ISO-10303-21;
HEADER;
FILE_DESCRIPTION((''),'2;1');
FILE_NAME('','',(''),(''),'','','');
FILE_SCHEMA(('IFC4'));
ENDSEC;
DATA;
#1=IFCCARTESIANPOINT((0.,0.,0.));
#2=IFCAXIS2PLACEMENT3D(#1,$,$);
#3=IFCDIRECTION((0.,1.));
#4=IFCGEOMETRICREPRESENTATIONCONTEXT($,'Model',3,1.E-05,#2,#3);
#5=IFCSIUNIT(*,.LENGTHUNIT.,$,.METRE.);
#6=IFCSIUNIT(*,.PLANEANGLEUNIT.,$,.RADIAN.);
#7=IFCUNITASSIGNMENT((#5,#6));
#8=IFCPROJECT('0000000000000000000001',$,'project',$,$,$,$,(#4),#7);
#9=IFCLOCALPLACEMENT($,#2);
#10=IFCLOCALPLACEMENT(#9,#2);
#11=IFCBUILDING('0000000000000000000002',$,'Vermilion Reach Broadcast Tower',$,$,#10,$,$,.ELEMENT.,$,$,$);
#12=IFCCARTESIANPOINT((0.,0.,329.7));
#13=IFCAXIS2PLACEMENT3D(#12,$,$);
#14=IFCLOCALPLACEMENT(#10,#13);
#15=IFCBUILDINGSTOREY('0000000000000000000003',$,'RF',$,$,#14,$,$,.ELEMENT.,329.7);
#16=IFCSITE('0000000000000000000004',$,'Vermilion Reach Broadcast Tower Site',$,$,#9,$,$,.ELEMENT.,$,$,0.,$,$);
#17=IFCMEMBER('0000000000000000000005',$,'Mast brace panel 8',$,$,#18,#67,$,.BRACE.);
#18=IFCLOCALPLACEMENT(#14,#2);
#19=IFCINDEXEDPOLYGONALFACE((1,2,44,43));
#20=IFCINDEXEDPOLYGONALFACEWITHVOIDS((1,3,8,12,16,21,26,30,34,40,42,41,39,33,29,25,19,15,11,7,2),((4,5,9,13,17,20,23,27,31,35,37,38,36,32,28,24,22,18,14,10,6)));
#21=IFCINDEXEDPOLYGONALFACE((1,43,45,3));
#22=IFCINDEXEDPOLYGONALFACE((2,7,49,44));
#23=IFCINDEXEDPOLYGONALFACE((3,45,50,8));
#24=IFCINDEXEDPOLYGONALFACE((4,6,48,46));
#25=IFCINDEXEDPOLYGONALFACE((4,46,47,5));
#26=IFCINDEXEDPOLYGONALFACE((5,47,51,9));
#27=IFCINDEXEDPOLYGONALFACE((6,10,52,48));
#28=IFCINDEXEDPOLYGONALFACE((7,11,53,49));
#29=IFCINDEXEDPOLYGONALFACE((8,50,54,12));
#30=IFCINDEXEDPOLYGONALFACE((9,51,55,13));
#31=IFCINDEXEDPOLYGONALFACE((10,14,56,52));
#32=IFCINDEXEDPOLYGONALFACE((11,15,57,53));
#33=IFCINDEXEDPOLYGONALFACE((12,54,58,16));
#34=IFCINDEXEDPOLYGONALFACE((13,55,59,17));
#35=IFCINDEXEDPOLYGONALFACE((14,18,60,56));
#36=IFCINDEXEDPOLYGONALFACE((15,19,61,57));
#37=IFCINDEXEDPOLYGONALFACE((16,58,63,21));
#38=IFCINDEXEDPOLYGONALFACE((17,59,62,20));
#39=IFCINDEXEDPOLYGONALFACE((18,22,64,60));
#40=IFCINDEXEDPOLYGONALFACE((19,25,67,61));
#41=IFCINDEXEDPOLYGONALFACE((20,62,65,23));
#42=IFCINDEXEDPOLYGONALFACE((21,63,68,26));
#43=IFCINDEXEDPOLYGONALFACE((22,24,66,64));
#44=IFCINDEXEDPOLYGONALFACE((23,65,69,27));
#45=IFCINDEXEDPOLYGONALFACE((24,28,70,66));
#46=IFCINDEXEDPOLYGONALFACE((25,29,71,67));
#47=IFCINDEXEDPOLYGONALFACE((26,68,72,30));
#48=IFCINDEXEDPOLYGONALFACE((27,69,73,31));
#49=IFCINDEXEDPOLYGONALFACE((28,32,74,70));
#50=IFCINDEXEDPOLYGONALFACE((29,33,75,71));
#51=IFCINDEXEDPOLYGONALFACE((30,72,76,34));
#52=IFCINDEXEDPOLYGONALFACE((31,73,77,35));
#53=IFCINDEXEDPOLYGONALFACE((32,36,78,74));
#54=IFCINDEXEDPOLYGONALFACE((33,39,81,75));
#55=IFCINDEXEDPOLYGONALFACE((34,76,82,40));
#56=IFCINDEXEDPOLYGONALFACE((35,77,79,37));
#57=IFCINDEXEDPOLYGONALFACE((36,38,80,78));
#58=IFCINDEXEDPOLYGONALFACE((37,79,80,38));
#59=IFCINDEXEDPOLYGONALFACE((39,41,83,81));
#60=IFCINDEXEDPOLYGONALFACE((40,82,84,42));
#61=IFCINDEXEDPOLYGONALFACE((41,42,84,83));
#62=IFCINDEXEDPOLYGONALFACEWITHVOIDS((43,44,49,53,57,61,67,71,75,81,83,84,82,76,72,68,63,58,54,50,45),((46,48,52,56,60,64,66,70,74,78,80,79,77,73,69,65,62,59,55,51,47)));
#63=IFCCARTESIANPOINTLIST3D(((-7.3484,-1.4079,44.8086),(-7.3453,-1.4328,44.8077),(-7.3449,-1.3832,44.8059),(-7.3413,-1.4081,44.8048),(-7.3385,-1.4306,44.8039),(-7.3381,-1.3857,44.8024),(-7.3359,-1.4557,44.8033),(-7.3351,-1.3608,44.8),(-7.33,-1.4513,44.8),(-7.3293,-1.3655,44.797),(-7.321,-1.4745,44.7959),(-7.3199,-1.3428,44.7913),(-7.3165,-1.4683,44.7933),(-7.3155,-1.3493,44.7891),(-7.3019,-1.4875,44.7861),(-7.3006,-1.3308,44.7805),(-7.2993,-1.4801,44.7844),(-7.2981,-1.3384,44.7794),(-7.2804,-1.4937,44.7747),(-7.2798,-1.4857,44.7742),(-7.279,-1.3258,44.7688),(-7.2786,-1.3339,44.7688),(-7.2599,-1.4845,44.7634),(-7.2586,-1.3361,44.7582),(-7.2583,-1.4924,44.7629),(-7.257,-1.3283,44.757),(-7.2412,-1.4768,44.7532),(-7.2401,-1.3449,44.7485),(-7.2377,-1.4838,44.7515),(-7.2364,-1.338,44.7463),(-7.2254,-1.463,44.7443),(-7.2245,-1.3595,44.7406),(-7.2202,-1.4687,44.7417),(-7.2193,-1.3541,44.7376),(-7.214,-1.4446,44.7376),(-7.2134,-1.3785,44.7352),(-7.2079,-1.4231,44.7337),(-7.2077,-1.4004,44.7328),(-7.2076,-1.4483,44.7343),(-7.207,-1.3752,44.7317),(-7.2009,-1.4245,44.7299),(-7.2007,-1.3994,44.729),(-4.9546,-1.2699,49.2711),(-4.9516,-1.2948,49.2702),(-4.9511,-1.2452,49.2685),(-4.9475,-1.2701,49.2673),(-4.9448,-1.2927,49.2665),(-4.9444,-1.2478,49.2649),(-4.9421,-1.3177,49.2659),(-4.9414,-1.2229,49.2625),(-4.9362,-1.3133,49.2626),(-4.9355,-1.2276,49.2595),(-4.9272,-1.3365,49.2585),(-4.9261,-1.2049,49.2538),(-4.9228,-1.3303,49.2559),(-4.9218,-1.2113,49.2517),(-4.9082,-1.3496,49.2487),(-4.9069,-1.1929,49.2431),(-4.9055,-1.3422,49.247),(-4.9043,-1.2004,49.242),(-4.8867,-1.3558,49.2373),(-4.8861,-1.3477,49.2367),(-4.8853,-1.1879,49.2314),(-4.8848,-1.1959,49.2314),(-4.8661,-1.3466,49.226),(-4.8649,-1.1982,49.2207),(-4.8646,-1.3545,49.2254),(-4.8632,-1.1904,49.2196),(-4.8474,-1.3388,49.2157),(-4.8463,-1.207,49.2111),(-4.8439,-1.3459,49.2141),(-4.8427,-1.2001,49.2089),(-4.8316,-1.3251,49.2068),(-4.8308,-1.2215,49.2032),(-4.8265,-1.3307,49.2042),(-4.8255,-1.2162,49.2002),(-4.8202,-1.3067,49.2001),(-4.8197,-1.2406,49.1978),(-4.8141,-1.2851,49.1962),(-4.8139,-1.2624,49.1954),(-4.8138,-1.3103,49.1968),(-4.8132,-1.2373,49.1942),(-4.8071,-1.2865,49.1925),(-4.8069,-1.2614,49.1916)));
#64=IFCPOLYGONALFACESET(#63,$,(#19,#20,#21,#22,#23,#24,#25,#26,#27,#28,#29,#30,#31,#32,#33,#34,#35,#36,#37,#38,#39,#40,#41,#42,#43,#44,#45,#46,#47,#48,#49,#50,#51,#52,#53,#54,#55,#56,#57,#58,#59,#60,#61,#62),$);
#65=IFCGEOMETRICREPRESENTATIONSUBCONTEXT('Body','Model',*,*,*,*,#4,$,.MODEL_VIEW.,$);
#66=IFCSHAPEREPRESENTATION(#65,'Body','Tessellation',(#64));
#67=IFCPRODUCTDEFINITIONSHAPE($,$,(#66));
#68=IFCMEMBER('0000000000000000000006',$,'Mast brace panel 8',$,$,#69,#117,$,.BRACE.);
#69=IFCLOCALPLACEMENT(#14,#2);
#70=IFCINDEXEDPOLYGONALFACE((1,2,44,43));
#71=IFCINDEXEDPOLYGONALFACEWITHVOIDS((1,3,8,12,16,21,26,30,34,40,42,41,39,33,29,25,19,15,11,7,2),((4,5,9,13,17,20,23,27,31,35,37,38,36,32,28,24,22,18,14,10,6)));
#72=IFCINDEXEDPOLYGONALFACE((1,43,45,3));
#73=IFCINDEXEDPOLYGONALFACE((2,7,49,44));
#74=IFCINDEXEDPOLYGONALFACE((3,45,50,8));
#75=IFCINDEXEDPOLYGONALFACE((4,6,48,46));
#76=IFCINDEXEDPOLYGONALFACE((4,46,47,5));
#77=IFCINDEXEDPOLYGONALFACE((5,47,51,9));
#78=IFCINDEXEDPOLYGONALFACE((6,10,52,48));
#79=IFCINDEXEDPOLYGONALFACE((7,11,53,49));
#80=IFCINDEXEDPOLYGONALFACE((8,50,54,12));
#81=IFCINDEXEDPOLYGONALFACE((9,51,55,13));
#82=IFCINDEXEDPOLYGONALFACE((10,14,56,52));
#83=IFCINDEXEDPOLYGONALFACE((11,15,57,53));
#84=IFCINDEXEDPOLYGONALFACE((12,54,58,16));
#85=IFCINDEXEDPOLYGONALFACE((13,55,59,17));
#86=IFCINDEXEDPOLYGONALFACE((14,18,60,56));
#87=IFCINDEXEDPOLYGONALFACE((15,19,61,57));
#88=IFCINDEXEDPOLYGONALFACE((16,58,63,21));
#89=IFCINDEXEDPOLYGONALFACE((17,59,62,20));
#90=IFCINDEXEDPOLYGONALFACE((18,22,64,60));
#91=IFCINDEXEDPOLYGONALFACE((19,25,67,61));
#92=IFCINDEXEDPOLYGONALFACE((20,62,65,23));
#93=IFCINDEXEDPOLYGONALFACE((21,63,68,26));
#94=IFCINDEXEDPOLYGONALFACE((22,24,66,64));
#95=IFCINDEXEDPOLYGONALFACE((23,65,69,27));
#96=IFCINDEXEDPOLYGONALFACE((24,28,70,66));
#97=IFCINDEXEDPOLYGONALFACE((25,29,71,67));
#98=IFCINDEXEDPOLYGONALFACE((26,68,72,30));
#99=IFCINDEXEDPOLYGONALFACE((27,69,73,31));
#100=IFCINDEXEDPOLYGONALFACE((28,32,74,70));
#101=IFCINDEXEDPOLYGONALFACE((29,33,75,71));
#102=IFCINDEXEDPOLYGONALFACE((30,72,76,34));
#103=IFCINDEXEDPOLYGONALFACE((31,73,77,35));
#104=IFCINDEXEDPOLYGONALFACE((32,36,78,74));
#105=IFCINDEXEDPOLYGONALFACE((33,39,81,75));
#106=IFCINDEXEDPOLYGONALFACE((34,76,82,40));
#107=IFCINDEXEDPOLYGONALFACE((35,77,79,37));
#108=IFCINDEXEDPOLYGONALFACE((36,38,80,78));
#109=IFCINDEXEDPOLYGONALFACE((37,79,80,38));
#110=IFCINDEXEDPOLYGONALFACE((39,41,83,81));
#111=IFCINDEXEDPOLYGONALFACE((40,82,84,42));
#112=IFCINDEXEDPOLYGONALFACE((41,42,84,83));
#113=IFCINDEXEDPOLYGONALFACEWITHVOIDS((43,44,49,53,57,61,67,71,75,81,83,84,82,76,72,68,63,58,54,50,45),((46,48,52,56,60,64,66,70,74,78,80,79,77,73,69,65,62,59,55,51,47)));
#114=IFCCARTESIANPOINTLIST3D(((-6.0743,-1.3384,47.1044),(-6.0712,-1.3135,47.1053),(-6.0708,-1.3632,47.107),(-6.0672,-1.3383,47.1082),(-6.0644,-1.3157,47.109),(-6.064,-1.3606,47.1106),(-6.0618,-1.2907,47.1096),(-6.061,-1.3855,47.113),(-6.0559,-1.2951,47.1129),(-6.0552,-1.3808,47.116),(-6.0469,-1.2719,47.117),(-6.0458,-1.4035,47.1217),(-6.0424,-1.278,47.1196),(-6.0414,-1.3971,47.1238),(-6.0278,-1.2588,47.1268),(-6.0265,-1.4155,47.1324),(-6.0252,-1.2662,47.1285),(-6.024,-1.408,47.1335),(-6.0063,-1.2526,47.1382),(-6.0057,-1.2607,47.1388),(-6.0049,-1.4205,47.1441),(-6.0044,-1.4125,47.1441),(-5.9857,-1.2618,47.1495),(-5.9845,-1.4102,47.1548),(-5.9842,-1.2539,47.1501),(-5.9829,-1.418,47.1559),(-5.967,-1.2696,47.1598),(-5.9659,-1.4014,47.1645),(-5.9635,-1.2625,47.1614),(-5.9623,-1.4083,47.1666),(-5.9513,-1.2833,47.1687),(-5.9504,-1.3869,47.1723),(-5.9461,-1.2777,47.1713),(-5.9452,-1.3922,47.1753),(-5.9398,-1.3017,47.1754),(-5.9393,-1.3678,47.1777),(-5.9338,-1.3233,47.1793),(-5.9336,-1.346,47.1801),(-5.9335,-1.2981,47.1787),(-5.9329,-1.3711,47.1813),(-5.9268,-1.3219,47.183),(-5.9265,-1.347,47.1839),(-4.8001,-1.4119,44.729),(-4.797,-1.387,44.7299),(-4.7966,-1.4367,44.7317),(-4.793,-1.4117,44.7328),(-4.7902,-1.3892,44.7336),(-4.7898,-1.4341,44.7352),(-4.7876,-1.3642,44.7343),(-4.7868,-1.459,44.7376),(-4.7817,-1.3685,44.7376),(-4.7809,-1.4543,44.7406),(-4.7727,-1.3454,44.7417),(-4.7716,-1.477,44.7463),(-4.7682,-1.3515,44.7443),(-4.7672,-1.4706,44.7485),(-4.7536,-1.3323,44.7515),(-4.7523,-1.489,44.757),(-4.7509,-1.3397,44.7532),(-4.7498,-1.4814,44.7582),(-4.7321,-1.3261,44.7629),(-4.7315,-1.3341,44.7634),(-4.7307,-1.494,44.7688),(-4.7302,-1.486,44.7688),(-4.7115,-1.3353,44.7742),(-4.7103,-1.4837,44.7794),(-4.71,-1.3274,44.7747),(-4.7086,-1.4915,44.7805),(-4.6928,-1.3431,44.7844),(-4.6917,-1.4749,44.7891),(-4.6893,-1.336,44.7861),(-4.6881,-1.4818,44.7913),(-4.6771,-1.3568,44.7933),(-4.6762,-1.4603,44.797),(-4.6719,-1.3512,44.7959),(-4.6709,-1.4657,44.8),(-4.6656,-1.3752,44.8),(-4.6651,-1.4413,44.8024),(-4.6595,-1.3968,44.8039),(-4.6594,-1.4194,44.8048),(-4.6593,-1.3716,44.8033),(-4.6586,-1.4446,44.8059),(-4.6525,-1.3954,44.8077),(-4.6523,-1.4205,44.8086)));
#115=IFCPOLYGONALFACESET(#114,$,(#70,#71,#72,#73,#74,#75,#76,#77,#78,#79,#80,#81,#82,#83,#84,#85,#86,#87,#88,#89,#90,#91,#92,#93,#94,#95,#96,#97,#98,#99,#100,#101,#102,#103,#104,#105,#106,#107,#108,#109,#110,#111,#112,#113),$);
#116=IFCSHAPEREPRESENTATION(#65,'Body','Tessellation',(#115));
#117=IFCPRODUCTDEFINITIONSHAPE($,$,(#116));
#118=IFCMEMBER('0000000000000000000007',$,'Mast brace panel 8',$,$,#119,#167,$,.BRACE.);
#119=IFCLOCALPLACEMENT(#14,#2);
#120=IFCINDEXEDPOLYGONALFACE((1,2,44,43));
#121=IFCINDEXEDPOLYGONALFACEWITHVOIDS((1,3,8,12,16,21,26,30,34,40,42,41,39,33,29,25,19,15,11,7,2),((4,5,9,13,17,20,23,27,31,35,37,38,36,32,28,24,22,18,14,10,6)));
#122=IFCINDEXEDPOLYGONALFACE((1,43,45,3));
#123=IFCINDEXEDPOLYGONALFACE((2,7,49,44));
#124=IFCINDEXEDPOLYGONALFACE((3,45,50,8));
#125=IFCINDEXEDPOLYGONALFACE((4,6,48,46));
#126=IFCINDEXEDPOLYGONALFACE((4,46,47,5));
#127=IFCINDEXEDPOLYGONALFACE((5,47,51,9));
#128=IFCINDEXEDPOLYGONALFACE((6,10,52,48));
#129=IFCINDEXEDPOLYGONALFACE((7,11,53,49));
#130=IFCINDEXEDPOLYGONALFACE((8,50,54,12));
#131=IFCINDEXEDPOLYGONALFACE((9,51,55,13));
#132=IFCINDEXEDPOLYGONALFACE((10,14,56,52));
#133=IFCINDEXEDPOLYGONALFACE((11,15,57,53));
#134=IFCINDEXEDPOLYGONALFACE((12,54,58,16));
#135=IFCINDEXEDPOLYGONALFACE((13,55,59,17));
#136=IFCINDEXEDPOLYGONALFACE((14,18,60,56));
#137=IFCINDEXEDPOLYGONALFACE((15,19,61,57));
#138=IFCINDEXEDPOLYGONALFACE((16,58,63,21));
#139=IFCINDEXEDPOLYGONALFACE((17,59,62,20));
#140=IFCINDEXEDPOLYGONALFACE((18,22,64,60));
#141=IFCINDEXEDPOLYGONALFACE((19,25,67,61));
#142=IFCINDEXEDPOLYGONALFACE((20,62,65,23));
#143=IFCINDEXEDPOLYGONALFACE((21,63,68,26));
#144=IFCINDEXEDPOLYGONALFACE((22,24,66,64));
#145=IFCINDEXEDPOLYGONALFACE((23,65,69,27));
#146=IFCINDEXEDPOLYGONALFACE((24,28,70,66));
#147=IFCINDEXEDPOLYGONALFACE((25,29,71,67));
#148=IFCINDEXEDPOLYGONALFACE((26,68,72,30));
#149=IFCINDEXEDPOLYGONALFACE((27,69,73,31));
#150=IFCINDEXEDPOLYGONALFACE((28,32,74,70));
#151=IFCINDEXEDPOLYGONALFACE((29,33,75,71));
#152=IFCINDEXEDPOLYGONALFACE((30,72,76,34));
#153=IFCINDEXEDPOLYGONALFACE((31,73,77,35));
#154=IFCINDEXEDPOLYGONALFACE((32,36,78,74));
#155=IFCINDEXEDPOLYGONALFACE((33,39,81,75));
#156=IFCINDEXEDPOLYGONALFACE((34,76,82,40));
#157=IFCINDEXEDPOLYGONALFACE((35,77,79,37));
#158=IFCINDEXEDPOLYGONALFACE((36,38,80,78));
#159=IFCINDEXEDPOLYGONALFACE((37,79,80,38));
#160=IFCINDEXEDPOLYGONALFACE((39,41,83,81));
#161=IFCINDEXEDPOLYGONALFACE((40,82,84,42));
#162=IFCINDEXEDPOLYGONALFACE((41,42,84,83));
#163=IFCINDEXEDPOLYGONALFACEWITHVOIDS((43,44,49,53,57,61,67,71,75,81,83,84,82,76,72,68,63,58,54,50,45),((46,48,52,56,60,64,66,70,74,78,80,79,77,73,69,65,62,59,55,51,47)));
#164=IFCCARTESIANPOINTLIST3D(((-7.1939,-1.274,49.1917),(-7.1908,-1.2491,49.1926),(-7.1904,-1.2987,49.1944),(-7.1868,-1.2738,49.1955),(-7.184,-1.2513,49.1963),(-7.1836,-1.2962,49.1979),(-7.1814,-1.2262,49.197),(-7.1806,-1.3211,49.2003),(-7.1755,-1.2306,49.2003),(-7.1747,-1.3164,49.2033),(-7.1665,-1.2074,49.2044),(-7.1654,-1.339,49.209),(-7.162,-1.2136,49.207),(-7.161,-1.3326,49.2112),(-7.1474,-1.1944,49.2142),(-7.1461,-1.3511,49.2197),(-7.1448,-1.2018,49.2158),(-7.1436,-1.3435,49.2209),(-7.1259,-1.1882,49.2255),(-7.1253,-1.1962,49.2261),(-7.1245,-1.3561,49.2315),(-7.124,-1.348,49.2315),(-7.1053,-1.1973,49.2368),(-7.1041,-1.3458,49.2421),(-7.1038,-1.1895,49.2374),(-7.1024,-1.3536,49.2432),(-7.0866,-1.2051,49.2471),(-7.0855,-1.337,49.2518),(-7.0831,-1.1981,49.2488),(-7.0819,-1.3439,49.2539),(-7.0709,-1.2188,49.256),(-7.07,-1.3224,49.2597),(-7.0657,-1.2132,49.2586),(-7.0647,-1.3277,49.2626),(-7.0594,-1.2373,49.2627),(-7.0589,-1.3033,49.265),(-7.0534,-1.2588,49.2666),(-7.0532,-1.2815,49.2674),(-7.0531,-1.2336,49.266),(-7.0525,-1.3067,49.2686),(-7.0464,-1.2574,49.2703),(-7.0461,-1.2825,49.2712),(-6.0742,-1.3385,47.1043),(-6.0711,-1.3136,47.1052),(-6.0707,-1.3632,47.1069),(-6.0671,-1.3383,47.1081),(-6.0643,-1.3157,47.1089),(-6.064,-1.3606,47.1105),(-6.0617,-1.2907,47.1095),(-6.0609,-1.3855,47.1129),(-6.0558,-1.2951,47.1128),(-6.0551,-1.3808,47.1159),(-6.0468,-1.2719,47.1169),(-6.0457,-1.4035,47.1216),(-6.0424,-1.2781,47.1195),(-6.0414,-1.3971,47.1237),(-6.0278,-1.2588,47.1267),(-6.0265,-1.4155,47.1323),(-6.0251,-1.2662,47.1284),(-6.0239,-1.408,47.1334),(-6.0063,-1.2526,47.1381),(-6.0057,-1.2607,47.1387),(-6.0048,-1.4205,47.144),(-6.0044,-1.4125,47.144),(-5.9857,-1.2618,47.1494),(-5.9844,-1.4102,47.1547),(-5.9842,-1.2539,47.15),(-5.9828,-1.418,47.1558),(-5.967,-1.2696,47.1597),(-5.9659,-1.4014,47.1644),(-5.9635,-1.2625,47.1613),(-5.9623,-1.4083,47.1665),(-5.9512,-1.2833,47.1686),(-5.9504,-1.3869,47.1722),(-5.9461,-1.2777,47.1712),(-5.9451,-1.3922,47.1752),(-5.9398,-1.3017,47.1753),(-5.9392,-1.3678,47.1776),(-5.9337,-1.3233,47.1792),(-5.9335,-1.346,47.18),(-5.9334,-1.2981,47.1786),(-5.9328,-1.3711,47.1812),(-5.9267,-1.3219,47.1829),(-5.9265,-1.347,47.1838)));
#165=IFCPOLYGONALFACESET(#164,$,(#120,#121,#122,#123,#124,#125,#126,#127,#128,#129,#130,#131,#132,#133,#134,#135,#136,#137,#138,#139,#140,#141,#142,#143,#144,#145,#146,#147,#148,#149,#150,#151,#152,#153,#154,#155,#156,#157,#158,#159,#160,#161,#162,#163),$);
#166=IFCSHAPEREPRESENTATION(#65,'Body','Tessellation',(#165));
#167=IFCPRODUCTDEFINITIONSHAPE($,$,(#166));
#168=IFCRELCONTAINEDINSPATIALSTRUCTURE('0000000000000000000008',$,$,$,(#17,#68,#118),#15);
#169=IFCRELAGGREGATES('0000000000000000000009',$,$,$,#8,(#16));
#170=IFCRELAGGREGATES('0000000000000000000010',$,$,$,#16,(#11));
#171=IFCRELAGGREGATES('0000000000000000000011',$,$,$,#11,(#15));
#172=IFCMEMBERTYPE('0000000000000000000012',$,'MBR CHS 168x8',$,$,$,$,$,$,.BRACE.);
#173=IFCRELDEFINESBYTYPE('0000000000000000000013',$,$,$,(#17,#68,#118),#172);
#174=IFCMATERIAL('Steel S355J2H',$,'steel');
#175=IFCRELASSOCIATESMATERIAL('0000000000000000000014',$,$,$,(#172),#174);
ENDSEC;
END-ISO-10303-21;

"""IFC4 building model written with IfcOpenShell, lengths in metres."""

from ifc_helpers import new_model, si_unit, direction, frame, origin, origin_2d, place, context, subcontext, project, spatial, hollow_circle, extrude, material, material_profile, profile_set, type_object, element, save


model = new_model("IFC4")

# Units and contexts
model_context = context("Model", 3, precision=1e-05, world=origin(), true_north=direction((0.0, 1.0)))
body_context = subcontext(model_context, "Body", "Model", "MODEL_VIEW")
ifc_project = project(units=[si_unit("LENGTHUNIT", "METRE"), si_unit("PLANEANGLEUNIT", "RADIAN")], contexts=[model_context])

# Site, building, storey
site_placement = place(None, origin())
site = spatial("IfcSite", under=ifc_project, at=site_placement, Name="Vermilion Reach Broadcast Tower Site", CompositionType="ELEMENT", RefElevation=0.0)
building_placement = place(site_placement, origin())
building = spatial("IfcBuilding", under=site, at=building_placement, Name="Vermilion Reach Broadcast Tower", CompositionType="ELEMENT")
storey_placement = place(building_placement, frame((0.0, 0.0, 329.7)))
storey = spatial("IfcBuildingStorey", under=building, at=storey_placement, Name="RF", CompositionType="ELEMENT", Elevation=329.7)

# Members
ifc_material_1 = material(Name="Steel S355J2H", Category="steel")
ifc_material_profile_1 = material_profile(ifc_material_1, hollow_circle(Radius=0.0842, WallThickness=0.0081, at=origin_2d()), Name="S355J2H CHS 168x8")
ifc_profile_set_1 = profile_set([ifc_material_profile_1], Name="Steel S355J2H")
member_type_1 = type_object("IfcMemberType", Name="MBR CHS 168x8", PredefinedType="BRACE", material=ifc_profile_set_1)
member_1_placement = place(storey_placement, frame((-7.2742, -1.4099, 44.7688), z_axis=(0.472521, 0.027228, 0.880899), x_axis=(-0.057528, 0.998344, 0.0)))
element("IfcMember", 1, at=member_1_placement, inside=storey, type_object=member_type_1, Name="Mast brace panel 8", PredefinedType="BRACE", context=body_context, shape_type="SweptSolid", body=[
    extrude(hollow_circle(Radius=0.0842, WallThickness=0.0081, at=origin_2d()), origin(), (0.0, 0.0, 1.0), 5.0659),
])
member_2_placement = place(storey_placement, frame((-4.7258, -1.4099, 44.7688), z_axis=(-0.472541, 0.027253, 0.880887), x_axis=(-0.057578, -0.998341, 0.0)))
element("IfcMember", 2, at=member_2_placement, inside=storey, type_object=member_type_1, Name="Mast brace panel 8", PredefinedType="BRACE", context=body_context, shape_type="SweptSolid", body=[
    extrude(hollow_circle(Radius=0.0842, WallThickness=0.0081, at=origin_2d()), origin(), (0.0, 0.0, 1.0), 2.6965),
])
member_3_placement = place(storey_placement, frame((-6.0, -1.3364, 47.144), z_axis=(-0.472498, 0.0272, 0.880912), x_axis=(-0.057471, -0.998347, 0.0)))
element("IfcMember", 3, at=member_3_placement, inside=storey, type_object=member_type_1, Name="Mast brace panel 8", PredefinedType="BRACE", context=body_context, shape_type="SweptSolid", body=[
    extrude(hollow_circle(Radius=0.0842, WallThickness=0.0081, at=origin_2d()), origin(), (0.0, 0.0, 1.0), 2.3696),
])

save(model, "model.ifc")
